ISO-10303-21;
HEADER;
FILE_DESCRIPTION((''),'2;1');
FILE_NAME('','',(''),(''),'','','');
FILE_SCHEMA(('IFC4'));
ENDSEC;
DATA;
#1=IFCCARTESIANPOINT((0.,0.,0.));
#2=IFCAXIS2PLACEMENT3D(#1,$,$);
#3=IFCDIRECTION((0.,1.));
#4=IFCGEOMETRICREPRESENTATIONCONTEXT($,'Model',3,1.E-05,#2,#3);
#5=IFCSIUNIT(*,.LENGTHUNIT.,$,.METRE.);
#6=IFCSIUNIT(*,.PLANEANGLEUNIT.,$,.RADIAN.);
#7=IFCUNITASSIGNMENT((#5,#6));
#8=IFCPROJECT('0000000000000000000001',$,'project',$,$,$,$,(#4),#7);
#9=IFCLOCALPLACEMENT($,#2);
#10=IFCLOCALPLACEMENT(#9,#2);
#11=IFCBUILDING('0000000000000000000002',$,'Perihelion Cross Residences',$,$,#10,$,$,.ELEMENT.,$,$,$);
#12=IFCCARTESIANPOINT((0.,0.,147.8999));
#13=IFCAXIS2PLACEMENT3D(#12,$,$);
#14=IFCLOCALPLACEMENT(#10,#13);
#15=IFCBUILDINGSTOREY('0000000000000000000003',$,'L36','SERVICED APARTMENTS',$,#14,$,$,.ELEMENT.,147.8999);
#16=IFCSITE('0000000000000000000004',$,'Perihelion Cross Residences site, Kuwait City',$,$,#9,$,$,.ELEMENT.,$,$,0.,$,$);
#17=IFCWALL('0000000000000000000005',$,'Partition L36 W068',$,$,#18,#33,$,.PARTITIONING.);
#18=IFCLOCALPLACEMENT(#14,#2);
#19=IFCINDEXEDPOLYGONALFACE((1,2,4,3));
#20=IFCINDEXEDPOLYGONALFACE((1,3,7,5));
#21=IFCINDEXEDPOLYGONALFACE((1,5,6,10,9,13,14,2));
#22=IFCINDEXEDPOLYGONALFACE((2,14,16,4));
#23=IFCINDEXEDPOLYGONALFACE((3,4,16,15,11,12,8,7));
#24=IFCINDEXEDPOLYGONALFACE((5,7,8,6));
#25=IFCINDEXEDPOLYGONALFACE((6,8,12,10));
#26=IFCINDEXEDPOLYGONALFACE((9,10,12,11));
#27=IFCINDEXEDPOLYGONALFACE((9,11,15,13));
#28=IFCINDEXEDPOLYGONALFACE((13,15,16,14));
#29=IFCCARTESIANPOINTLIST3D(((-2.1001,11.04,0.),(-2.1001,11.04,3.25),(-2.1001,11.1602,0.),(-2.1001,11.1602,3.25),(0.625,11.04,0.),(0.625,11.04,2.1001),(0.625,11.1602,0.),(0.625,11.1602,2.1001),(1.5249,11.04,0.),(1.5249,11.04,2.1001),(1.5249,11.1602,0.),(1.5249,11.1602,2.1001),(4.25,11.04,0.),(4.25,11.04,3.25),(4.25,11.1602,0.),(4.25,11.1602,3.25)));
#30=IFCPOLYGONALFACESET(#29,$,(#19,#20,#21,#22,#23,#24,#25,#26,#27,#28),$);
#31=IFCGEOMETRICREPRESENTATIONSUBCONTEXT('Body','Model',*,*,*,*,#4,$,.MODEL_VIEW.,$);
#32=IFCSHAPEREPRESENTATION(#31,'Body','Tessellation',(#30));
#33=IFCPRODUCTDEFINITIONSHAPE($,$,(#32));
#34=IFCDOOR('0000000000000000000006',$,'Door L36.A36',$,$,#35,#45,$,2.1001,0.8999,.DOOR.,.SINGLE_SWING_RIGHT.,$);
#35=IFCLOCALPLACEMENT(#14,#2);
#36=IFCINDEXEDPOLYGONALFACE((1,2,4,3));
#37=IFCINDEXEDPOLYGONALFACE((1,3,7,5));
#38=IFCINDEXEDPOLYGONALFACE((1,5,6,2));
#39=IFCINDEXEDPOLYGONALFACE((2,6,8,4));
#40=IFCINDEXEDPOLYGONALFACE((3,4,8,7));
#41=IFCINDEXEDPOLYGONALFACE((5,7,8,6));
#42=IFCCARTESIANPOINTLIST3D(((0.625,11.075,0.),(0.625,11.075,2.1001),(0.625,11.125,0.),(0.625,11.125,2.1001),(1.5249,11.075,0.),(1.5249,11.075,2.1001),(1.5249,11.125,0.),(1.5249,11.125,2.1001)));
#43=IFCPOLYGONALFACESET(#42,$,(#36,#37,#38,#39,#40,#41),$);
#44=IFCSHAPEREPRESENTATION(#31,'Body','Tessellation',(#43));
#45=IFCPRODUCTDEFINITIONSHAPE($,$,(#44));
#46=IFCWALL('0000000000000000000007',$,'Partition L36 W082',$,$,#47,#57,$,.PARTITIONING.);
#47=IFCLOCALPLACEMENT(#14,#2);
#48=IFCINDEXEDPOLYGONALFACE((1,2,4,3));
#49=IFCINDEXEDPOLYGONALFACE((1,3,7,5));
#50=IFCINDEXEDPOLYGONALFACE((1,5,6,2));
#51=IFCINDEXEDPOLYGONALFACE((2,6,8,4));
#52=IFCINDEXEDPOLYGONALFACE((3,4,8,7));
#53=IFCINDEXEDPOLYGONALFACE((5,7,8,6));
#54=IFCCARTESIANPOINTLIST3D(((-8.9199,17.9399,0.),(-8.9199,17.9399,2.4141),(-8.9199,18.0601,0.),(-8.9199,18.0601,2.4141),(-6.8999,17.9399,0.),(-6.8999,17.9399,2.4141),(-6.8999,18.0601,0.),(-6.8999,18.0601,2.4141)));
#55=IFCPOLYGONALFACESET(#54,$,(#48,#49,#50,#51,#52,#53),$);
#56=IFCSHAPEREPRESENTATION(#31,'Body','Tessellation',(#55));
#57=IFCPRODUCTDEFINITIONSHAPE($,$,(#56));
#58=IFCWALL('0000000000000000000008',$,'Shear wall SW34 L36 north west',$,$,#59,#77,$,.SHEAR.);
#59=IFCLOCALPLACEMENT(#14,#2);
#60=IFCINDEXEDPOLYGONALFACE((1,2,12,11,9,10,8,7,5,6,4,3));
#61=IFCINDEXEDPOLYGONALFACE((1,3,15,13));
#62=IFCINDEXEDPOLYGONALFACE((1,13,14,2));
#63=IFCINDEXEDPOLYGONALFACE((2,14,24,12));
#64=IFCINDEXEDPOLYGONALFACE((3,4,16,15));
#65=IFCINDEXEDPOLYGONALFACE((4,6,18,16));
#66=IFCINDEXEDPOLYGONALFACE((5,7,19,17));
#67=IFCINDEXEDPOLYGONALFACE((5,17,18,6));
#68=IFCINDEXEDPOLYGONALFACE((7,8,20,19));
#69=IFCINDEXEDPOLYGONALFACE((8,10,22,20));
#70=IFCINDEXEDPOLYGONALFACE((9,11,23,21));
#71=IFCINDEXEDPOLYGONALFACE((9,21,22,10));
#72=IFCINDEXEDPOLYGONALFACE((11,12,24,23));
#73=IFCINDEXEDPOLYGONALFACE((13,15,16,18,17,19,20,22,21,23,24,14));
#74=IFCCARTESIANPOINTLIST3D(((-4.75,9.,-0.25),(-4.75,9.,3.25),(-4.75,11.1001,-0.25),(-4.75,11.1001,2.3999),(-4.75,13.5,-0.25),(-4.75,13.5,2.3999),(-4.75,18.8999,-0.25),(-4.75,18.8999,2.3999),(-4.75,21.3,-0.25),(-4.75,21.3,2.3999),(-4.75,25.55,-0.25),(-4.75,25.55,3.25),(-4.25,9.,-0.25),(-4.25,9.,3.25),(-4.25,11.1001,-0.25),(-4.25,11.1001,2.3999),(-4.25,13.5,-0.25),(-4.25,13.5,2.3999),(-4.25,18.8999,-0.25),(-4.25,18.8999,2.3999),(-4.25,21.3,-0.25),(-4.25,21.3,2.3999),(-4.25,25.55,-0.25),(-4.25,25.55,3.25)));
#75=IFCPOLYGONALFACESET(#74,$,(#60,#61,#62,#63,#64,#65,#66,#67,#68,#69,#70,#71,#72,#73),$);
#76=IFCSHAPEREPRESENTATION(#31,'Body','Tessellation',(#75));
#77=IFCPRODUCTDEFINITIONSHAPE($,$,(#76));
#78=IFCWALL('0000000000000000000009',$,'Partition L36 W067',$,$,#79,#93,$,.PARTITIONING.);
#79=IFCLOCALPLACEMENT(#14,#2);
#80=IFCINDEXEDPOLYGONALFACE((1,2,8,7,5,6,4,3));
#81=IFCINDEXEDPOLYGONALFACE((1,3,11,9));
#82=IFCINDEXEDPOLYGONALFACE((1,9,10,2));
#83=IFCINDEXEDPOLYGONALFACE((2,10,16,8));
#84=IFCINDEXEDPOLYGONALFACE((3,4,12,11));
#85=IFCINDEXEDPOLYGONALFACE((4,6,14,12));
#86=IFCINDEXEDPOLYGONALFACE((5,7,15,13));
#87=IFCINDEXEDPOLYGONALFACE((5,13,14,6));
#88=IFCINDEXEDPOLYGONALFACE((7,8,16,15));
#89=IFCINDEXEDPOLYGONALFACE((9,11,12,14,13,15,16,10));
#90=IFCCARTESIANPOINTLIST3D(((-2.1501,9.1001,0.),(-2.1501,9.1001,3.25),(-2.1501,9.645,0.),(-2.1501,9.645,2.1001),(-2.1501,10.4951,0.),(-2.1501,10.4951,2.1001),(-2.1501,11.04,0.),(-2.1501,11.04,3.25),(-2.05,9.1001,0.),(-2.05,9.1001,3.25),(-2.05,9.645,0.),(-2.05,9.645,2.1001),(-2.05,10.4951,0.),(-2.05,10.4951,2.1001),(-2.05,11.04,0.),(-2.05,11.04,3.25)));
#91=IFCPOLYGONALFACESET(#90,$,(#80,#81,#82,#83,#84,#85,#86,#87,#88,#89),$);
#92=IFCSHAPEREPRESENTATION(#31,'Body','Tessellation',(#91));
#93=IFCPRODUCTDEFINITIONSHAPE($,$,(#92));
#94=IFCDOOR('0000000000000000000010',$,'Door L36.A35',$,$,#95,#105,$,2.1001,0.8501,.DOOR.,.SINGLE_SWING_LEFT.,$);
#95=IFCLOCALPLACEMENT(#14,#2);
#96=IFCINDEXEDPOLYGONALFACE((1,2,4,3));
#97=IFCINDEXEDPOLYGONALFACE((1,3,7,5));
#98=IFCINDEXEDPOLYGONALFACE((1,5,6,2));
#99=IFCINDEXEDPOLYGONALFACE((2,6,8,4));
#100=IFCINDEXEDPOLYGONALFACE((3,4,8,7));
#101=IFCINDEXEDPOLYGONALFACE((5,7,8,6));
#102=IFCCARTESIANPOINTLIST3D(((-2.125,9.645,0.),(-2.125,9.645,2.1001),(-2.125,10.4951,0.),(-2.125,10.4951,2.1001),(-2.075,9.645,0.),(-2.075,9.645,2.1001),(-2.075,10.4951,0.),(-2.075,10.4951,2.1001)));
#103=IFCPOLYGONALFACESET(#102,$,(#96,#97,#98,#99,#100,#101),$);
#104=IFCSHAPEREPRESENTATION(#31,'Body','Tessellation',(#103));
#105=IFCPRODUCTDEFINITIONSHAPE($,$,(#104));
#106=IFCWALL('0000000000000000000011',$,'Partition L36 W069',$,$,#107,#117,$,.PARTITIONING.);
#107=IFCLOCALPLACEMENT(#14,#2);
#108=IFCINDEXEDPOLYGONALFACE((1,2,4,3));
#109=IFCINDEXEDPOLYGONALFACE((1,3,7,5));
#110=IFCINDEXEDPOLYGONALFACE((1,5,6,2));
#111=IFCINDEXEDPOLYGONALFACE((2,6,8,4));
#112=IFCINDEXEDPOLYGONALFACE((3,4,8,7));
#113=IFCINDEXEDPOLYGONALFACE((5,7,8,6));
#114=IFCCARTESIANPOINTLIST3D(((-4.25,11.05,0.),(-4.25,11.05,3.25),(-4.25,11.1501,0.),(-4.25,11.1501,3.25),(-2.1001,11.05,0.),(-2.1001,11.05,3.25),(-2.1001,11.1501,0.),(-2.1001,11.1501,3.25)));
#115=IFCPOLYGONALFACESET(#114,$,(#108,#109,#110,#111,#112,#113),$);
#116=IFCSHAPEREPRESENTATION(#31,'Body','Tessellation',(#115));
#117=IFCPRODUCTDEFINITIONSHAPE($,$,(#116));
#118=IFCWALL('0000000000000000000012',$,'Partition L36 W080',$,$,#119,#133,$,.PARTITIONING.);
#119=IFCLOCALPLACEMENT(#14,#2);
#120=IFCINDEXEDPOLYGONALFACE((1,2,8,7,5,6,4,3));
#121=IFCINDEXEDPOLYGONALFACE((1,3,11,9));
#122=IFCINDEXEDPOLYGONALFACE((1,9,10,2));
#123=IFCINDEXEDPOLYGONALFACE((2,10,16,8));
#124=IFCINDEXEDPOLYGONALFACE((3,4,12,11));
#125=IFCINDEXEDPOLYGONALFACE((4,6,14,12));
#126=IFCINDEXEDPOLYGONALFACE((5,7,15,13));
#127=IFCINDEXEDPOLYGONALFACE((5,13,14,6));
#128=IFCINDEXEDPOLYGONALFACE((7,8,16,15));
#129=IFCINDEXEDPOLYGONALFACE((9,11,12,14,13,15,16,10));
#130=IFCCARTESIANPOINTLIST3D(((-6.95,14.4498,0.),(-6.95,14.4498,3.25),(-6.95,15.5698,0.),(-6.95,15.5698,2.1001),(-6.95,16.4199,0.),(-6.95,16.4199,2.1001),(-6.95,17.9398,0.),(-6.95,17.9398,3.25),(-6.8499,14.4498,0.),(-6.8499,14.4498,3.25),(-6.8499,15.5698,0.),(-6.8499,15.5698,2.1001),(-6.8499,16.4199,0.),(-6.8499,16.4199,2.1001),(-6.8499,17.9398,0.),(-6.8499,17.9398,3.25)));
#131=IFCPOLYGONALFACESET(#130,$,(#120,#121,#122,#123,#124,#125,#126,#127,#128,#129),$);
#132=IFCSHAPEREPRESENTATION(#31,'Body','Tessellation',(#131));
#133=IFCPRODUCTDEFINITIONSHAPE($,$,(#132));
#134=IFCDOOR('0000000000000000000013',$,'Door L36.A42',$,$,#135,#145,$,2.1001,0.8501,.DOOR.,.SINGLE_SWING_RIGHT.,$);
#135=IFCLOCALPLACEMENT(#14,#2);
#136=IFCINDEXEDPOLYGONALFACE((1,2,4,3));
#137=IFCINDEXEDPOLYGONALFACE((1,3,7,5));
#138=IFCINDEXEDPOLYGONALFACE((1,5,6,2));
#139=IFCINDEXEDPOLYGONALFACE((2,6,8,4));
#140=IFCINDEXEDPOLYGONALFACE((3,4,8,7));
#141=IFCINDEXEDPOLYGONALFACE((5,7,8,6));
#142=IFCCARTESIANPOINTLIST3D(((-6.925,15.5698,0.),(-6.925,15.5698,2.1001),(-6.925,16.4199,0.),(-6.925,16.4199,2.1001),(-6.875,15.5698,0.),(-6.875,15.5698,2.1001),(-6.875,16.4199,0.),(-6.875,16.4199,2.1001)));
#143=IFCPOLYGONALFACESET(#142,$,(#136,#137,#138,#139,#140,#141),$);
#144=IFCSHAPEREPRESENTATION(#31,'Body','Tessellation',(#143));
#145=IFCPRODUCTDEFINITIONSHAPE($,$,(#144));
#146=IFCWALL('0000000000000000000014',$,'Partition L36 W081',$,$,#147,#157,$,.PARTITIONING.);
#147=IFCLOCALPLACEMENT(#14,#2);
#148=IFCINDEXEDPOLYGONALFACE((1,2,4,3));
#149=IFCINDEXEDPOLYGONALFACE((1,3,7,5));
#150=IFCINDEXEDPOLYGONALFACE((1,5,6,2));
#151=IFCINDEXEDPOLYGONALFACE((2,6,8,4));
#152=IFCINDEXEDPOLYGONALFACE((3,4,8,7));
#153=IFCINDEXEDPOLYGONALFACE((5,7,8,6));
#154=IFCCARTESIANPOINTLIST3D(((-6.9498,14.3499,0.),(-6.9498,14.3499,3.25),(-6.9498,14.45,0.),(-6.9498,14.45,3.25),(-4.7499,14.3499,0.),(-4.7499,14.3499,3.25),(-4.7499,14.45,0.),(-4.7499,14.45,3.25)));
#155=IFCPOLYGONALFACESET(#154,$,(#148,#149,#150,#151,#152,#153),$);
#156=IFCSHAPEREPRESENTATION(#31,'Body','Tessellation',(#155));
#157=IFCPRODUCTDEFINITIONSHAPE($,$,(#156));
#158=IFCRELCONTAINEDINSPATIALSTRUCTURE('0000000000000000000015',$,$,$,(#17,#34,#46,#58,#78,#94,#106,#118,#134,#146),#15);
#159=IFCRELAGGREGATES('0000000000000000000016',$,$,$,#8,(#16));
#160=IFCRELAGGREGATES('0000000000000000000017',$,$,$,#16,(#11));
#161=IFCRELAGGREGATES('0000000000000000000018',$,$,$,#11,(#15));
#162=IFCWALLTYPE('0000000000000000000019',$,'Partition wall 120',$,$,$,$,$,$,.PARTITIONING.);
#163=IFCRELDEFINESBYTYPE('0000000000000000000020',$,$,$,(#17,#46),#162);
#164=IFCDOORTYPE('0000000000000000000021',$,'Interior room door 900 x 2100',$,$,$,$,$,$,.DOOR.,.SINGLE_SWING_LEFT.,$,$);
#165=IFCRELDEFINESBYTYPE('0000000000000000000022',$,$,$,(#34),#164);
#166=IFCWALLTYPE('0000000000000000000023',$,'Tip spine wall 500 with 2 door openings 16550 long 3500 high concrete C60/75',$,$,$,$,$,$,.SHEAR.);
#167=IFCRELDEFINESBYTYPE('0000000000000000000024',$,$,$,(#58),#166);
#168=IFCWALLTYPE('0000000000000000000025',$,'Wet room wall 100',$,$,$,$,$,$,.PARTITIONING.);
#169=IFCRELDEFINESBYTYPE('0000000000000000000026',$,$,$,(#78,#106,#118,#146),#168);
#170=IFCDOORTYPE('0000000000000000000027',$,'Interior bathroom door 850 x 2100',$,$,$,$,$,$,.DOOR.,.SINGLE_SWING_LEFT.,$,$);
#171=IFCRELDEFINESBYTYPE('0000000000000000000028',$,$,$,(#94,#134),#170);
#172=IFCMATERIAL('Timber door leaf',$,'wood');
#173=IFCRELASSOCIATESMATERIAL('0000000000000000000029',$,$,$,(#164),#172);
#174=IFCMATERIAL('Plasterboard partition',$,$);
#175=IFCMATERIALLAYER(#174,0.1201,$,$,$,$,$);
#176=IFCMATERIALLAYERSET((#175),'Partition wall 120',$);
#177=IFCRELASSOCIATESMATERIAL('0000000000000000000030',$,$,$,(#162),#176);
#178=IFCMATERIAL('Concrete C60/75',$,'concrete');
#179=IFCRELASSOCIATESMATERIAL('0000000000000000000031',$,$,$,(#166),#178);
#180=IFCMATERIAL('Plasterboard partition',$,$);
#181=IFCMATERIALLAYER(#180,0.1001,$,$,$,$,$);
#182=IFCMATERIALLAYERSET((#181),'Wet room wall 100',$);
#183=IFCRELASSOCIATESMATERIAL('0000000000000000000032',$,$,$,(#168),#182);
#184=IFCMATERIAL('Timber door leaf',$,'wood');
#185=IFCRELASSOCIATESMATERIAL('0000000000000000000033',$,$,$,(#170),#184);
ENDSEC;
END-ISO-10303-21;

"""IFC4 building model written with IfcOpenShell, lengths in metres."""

from ifc_helpers import new_model, si_unit, direction, frame, frame_2d, origin, place, context, subcontext, project, spatial, polyline, rectangle, outline, extrude, material, layer, layer_set, material_profile, profile_set, type_object, element, fill, save


model = new_model("IFC4")

# Units and contexts
model_context = context("Model", 3, precision=1e-05, world=origin(), true_north=direction((0.0, 1.0)))
body_context = subcontext(model_context, "Body", "Model", "MODEL_VIEW")
ifc_project = project(units=[si_unit("LENGTHUNIT", "METRE"), si_unit("PLANEANGLEUNIT", "RADIAN")], contexts=[model_context])

# Site, building, storey
site_placement = place(None, origin())
site = spatial("IfcSite", under=ifc_project, at=site_placement, Name="Perihelion Cross Residences site, Kuwait City", CompositionType="ELEMENT", RefElevation=0.0)
building_placement = place(site_placement, origin())
building = spatial("IfcBuilding", under=site, at=building_placement, Name="Perihelion Cross Residences", CompositionType="ELEMENT")
storey_placement = place(building_placement, frame((0.0, 0.0, 147.8999)))
storey = spatial("IfcBuildingStorey", under=building, at=storey_placement, Name="L36", Description="SERVICED APARTMENTS", CompositionType="ELEMENT", Elevation=147.8999)

# Shared definitions
ifc_material_1 = material(Name="Timber door leaf", Category="wood")
door_type_1 = type_object("IfcDoorType", Name="Interior room door 900 x 2100", OperationType="SINGLE_SWING_LEFT", PredefinedType="DOOR", material=ifc_material_1)

# Shared definitions
ifc_material_2 = material(Name="Plasterboard partition")
ifc_layer_1 = layer(ifc_material_2, 0.1201)
ifc_layer_set_1 = layer_set([ifc_layer_1], Name="Partition wall 120")
wall_type_1 = type_object("IfcWallType", Name="Partition wall 120", PredefinedType="PARTITIONING", material=ifc_layer_set_1)

# Wall, opening, door
wall_1_placement = place(storey_placement, frame((-2.1001, 11.1001, 0.0), z_axis=(0.0, 0.0, 1.0), x_axis=(1.0, 0.0, 0.0)))
wall_1 = element("IfcWall", 1, at=wall_1_placement, inside=storey, type_object=wall_type_1, Name="Partition L36 W068", PredefinedType="PARTITIONING", context=body_context, shape_type="SweptSolid", body=[
    extrude(rectangle(XDim=6.3501, YDim=0.1201, at=frame_2d((3.175, 0.0))), origin(), (0.0, 0.0, 1.0), 3.25),
])
opening_1_placement = place(wall_1_placement, frame((2.7251, 0.0, 0.0)))
opening_1 = element("IfcOpeningElement", 2, at=opening_1_placement, cuts=wall_1, PredefinedType="OPENING", context=body_context, shape_type="SweptSolid", body=[
    extrude(rectangle(XDim=0.8999, YDim=2.1001, at=frame_2d((0.45, 1.05))), frame((0.0, 0.0701, 0.0), z_axis=(0.0, -1.0, 0.0), x_axis=(1.0, 0.0, 0.0)), (0.0, 0.0, 1.0), 0.1401),
])
door_1_placement = place(opening_1_placement, origin())
door_1 = element("IfcDoor", 3, at=door_1_placement, inside=storey, type_object=door_type_1, Name="Door L36.A36", OperationType="SINGLE_SWING_RIGHT", OverallHeight=2.1001, OverallWidth=0.8999, PredefinedType="DOOR", context=body_context, shape_type="SweptSolid", body=[
    extrude(rectangle(XDim=0.8999, YDim=2.1001, at=frame_2d((0.45, 1.05))), frame((0.0, 0.0249, 0.0), z_axis=(0.0, -1.0, 0.0), x_axis=(1.0, 0.0, 0.0)), (0.0, 0.0, 1.0), 0.05),
])
fill(opening_1, door_1)

# Walls
wall_2_placement = place(storey_placement, frame((-8.9199, 18.0, 0.0), z_axis=(0.0, 0.0, 1.0), x_axis=(1.0, 0.0, 0.0)))
element("IfcWall", 4, at=wall_2_placement, inside=storey, type_object=wall_type_1, Name="Partition L36 W082", PredefinedType="PARTITIONING", context=body_context, shape_type="SweptSolid", body=[
    extrude(rectangle(XDim=2.02, YDim=0.1201, at=frame_2d((1.01, 0.0))), origin(), (0.0, 0.0, 1.0), 2.4141),
])
ifc_material_3 = material(Name="Concrete C60/75", Category="concrete")
ifc_material_profile_1 = material_profile(ifc_material_3, outline(polyline([(0.0, 0.0), (2.1001, 0.0), (2.1001, 2.6499), (4.5, 2.6499), (4.5, 0.0), (9.8999, 0.0), (9.8999, 2.6499), (12.3, 2.6499), (12.3, 0.0), (16.55, 0.0), (16.55, 3.5), (0.0, 3.5), (0.0, 0.0)])), Name="Tip spine wall")
ifc_profile_set_1 = profile_set([ifc_material_profile_1], Name="Concrete C60/75")
wall_type_2 = type_object("IfcWallType", Name="Tip spine wall 500 with 2 door openings 16550 long 3500 high concrete C60/75", PredefinedType="SHEAR", material=ifc_profile_set_1)
wall_3_placement = place(storey_placement, frame((-4.75, 9.0, -0.25), z_axis=(1.0, 0.0, 0.0), x_axis=(0.0, 1.0, 0.0)))
element("IfcWall", 5, at=wall_3_placement, inside=storey, type_object=wall_type_2, Name="Shear wall SW34 L36 north west", PredefinedType="SHEAR", context=body_context, shape_type="SweptSolid", body=[
    extrude(outline(polyline([(0.0, 0.0), (2.1001, 0.0), (2.1001, 2.6499), (4.5, 2.6499), (4.5, 0.0), (9.8999, 0.0), (9.8999, 2.6499), (12.3, 2.6499), (12.3, 0.0), (16.55, 0.0), (16.55, 3.5), (0.0, 3.5), (0.0, 0.0)])), origin(), (0.0, 0.0, 1.0), 0.5),
])

# Wall, opening, door
ifc_material_4 = material(Name="Plasterboard partition")
ifc_layer_2 = layer(ifc_material_4, 0.1001)
ifc_layer_set_2 = layer_set([ifc_layer_2], Name="Wet room wall 100")
wall_type_3 = type_object("IfcWallType", Name="Wet room wall 100", PredefinedType="PARTITIONING", material=ifc_layer_set_2)
wall_4_placement = place(storey_placement, frame((-2.1001, 9.1001, 0.0), z_axis=(0.0, 0.0, 1.0), x_axis=(0.0, 1.0, 0.0)))
wall_4 = element("IfcWall", 6, at=wall_4_placement, inside=storey, type_object=wall_type_3, Name="Partition L36 W067", PredefinedType="PARTITIONING", context=body_context, shape_type="SweptSolid", body=[
    extrude(rectangle(XDim=1.9399, YDim=0.1001, at=frame_2d((0.97, 0.0))), origin(), (0.0, 0.0, 1.0), 3.25),
])
opening_2_placement = place(wall_4_placement, frame((0.5449, 0.0, 0.0)))
opening_2 = element("IfcOpeningElement", 7, at=opening_2_placement, cuts=wall_4, PredefinedType="OPENING", context=body_context, shape_type="SweptSolid", body=[
    extrude(rectangle(XDim=0.8501, YDim=2.1001, at=frame_2d((0.425, 1.05))), frame((0.0, 0.0601, 0.0), z_axis=(0.0, -1.0, 0.0), x_axis=(1.0, 0.0, 0.0)), (0.0, 0.0, 1.0), 0.1201),
])
ifc_material_5 = material(Name="Timber door leaf", Category="wood")
door_type_2 = type_object("IfcDoorType", Name="Interior bathroom door 850 x 2100", OperationType="SINGLE_SWING_LEFT", PredefinedType="DOOR", material=ifc_material_5)
door_2_placement = place(opening_2_placement, origin())
door_2 = element("IfcDoor", 8, at=door_2_placement, inside=storey, type_object=door_type_2, Name="Door L36.A35", OperationType="SINGLE_SWING_LEFT", OverallHeight=2.1001, OverallWidth=0.8501, PredefinedType="DOOR", context=body_context, shape_type="SweptSolid", body=[
    extrude(rectangle(XDim=0.8501, YDim=2.1001, at=frame_2d((0.425, 1.05))), frame((0.0, 0.0249, 0.0), z_axis=(0.0, -1.0, 0.0), x_axis=(1.0, 0.0, 0.0)), (0.0, 0.0, 1.0), 0.05),
])
fill(opening_2, door_2)

# Wall
wall_5_placement = place(storey_placement, frame((-4.25, 11.1001, 0.0), z_axis=(0.0, 0.0, 1.0), x_axis=(1.0, 0.0, 0.0)))
element("IfcWall", 9, at=wall_5_placement, inside=storey, type_object=wall_type_3, Name="Partition L36 W069", PredefinedType="PARTITIONING", context=body_context, shape_type="SweptSolid", body=[
    extrude(rectangle(XDim=2.1499, YDim=0.1001, at=frame_2d((1.075, 0.0))), origin(), (0.0, 0.0, 1.0), 3.25),
])

# Wall, opening, door
wall_6_placement = place(storey_placement, frame((-6.8999, 17.9399, 0.0), z_axis=(0.0, 0.0, 1.0), x_axis=(0.0, -1.0, 0.0)))
wall_6 = element("IfcWall", 10, at=wall_6_placement, inside=storey, type_object=wall_type_3, Name="Partition L36 W080", PredefinedType="PARTITIONING", context=body_context, shape_type="SweptSolid", body=[
    extrude(rectangle(XDim=3.49, YDim=0.1001, at=frame_2d((1.7451, 0.0))), origin(), (0.0, 0.0, 1.0), 3.25),
])
opening_3_placement = place(wall_6_placement, frame((1.52, 0.0, 0.0)))
opening_3 = element("IfcOpeningElement", 11, at=opening_3_placement, cuts=wall_6, PredefinedType="OPENING", context=body_context, shape_type="SweptSolid", body=[
    extrude(rectangle(XDim=0.8501, YDim=2.1001, at=frame_2d((0.425, 1.05))), frame((0.0, 0.0601, 0.0), z_axis=(0.0, -1.0, 0.0), x_axis=(1.0, 0.0, 0.0)), (0.0, 0.0, 1.0), 0.1201),
])
door_3_placement = place(opening_3_placement, origin())
door_3 = element("IfcDoor", 12, at=door_3_placement, inside=storey, type_object=door_type_2, Name="Door L36.A42", OperationType="SINGLE_SWING_RIGHT", OverallHeight=2.1001, OverallWidth=0.8501, PredefinedType="DOOR", context=body_context, shape_type="SweptSolid", body=[
    extrude(rectangle(XDim=0.8501, YDim=2.1001, at=frame_2d((0.425, 1.05))), frame((0.0, 0.0249, 0.0), z_axis=(0.0, -1.0, 0.0), x_axis=(1.0, 0.0, 0.0)), (0.0, 0.0, 1.0), 0.05),
])
fill(opening_3, door_3)

# Wall
wall_7_placement = place(storey_placement, frame((-6.95, 14.3999, 0.0), z_axis=(0.0, 0.0, 1.0), x_axis=(1.0, 0.0, 0.0)))
element("IfcWall", 13, at=wall_7_placement, inside=storey, type_object=wall_type_3, Name="Partition L36 W081", PredefinedType="PARTITIONING", context=body_context, shape_type="SweptSolid", body=[
    extrude(rectangle(XDim=2.2, YDim=0.1001, at=frame_2d((1.1001, 0.0))), origin(), (0.0, 0.0, 1.0), 3.25),
])

save(model, "model.ifc")
